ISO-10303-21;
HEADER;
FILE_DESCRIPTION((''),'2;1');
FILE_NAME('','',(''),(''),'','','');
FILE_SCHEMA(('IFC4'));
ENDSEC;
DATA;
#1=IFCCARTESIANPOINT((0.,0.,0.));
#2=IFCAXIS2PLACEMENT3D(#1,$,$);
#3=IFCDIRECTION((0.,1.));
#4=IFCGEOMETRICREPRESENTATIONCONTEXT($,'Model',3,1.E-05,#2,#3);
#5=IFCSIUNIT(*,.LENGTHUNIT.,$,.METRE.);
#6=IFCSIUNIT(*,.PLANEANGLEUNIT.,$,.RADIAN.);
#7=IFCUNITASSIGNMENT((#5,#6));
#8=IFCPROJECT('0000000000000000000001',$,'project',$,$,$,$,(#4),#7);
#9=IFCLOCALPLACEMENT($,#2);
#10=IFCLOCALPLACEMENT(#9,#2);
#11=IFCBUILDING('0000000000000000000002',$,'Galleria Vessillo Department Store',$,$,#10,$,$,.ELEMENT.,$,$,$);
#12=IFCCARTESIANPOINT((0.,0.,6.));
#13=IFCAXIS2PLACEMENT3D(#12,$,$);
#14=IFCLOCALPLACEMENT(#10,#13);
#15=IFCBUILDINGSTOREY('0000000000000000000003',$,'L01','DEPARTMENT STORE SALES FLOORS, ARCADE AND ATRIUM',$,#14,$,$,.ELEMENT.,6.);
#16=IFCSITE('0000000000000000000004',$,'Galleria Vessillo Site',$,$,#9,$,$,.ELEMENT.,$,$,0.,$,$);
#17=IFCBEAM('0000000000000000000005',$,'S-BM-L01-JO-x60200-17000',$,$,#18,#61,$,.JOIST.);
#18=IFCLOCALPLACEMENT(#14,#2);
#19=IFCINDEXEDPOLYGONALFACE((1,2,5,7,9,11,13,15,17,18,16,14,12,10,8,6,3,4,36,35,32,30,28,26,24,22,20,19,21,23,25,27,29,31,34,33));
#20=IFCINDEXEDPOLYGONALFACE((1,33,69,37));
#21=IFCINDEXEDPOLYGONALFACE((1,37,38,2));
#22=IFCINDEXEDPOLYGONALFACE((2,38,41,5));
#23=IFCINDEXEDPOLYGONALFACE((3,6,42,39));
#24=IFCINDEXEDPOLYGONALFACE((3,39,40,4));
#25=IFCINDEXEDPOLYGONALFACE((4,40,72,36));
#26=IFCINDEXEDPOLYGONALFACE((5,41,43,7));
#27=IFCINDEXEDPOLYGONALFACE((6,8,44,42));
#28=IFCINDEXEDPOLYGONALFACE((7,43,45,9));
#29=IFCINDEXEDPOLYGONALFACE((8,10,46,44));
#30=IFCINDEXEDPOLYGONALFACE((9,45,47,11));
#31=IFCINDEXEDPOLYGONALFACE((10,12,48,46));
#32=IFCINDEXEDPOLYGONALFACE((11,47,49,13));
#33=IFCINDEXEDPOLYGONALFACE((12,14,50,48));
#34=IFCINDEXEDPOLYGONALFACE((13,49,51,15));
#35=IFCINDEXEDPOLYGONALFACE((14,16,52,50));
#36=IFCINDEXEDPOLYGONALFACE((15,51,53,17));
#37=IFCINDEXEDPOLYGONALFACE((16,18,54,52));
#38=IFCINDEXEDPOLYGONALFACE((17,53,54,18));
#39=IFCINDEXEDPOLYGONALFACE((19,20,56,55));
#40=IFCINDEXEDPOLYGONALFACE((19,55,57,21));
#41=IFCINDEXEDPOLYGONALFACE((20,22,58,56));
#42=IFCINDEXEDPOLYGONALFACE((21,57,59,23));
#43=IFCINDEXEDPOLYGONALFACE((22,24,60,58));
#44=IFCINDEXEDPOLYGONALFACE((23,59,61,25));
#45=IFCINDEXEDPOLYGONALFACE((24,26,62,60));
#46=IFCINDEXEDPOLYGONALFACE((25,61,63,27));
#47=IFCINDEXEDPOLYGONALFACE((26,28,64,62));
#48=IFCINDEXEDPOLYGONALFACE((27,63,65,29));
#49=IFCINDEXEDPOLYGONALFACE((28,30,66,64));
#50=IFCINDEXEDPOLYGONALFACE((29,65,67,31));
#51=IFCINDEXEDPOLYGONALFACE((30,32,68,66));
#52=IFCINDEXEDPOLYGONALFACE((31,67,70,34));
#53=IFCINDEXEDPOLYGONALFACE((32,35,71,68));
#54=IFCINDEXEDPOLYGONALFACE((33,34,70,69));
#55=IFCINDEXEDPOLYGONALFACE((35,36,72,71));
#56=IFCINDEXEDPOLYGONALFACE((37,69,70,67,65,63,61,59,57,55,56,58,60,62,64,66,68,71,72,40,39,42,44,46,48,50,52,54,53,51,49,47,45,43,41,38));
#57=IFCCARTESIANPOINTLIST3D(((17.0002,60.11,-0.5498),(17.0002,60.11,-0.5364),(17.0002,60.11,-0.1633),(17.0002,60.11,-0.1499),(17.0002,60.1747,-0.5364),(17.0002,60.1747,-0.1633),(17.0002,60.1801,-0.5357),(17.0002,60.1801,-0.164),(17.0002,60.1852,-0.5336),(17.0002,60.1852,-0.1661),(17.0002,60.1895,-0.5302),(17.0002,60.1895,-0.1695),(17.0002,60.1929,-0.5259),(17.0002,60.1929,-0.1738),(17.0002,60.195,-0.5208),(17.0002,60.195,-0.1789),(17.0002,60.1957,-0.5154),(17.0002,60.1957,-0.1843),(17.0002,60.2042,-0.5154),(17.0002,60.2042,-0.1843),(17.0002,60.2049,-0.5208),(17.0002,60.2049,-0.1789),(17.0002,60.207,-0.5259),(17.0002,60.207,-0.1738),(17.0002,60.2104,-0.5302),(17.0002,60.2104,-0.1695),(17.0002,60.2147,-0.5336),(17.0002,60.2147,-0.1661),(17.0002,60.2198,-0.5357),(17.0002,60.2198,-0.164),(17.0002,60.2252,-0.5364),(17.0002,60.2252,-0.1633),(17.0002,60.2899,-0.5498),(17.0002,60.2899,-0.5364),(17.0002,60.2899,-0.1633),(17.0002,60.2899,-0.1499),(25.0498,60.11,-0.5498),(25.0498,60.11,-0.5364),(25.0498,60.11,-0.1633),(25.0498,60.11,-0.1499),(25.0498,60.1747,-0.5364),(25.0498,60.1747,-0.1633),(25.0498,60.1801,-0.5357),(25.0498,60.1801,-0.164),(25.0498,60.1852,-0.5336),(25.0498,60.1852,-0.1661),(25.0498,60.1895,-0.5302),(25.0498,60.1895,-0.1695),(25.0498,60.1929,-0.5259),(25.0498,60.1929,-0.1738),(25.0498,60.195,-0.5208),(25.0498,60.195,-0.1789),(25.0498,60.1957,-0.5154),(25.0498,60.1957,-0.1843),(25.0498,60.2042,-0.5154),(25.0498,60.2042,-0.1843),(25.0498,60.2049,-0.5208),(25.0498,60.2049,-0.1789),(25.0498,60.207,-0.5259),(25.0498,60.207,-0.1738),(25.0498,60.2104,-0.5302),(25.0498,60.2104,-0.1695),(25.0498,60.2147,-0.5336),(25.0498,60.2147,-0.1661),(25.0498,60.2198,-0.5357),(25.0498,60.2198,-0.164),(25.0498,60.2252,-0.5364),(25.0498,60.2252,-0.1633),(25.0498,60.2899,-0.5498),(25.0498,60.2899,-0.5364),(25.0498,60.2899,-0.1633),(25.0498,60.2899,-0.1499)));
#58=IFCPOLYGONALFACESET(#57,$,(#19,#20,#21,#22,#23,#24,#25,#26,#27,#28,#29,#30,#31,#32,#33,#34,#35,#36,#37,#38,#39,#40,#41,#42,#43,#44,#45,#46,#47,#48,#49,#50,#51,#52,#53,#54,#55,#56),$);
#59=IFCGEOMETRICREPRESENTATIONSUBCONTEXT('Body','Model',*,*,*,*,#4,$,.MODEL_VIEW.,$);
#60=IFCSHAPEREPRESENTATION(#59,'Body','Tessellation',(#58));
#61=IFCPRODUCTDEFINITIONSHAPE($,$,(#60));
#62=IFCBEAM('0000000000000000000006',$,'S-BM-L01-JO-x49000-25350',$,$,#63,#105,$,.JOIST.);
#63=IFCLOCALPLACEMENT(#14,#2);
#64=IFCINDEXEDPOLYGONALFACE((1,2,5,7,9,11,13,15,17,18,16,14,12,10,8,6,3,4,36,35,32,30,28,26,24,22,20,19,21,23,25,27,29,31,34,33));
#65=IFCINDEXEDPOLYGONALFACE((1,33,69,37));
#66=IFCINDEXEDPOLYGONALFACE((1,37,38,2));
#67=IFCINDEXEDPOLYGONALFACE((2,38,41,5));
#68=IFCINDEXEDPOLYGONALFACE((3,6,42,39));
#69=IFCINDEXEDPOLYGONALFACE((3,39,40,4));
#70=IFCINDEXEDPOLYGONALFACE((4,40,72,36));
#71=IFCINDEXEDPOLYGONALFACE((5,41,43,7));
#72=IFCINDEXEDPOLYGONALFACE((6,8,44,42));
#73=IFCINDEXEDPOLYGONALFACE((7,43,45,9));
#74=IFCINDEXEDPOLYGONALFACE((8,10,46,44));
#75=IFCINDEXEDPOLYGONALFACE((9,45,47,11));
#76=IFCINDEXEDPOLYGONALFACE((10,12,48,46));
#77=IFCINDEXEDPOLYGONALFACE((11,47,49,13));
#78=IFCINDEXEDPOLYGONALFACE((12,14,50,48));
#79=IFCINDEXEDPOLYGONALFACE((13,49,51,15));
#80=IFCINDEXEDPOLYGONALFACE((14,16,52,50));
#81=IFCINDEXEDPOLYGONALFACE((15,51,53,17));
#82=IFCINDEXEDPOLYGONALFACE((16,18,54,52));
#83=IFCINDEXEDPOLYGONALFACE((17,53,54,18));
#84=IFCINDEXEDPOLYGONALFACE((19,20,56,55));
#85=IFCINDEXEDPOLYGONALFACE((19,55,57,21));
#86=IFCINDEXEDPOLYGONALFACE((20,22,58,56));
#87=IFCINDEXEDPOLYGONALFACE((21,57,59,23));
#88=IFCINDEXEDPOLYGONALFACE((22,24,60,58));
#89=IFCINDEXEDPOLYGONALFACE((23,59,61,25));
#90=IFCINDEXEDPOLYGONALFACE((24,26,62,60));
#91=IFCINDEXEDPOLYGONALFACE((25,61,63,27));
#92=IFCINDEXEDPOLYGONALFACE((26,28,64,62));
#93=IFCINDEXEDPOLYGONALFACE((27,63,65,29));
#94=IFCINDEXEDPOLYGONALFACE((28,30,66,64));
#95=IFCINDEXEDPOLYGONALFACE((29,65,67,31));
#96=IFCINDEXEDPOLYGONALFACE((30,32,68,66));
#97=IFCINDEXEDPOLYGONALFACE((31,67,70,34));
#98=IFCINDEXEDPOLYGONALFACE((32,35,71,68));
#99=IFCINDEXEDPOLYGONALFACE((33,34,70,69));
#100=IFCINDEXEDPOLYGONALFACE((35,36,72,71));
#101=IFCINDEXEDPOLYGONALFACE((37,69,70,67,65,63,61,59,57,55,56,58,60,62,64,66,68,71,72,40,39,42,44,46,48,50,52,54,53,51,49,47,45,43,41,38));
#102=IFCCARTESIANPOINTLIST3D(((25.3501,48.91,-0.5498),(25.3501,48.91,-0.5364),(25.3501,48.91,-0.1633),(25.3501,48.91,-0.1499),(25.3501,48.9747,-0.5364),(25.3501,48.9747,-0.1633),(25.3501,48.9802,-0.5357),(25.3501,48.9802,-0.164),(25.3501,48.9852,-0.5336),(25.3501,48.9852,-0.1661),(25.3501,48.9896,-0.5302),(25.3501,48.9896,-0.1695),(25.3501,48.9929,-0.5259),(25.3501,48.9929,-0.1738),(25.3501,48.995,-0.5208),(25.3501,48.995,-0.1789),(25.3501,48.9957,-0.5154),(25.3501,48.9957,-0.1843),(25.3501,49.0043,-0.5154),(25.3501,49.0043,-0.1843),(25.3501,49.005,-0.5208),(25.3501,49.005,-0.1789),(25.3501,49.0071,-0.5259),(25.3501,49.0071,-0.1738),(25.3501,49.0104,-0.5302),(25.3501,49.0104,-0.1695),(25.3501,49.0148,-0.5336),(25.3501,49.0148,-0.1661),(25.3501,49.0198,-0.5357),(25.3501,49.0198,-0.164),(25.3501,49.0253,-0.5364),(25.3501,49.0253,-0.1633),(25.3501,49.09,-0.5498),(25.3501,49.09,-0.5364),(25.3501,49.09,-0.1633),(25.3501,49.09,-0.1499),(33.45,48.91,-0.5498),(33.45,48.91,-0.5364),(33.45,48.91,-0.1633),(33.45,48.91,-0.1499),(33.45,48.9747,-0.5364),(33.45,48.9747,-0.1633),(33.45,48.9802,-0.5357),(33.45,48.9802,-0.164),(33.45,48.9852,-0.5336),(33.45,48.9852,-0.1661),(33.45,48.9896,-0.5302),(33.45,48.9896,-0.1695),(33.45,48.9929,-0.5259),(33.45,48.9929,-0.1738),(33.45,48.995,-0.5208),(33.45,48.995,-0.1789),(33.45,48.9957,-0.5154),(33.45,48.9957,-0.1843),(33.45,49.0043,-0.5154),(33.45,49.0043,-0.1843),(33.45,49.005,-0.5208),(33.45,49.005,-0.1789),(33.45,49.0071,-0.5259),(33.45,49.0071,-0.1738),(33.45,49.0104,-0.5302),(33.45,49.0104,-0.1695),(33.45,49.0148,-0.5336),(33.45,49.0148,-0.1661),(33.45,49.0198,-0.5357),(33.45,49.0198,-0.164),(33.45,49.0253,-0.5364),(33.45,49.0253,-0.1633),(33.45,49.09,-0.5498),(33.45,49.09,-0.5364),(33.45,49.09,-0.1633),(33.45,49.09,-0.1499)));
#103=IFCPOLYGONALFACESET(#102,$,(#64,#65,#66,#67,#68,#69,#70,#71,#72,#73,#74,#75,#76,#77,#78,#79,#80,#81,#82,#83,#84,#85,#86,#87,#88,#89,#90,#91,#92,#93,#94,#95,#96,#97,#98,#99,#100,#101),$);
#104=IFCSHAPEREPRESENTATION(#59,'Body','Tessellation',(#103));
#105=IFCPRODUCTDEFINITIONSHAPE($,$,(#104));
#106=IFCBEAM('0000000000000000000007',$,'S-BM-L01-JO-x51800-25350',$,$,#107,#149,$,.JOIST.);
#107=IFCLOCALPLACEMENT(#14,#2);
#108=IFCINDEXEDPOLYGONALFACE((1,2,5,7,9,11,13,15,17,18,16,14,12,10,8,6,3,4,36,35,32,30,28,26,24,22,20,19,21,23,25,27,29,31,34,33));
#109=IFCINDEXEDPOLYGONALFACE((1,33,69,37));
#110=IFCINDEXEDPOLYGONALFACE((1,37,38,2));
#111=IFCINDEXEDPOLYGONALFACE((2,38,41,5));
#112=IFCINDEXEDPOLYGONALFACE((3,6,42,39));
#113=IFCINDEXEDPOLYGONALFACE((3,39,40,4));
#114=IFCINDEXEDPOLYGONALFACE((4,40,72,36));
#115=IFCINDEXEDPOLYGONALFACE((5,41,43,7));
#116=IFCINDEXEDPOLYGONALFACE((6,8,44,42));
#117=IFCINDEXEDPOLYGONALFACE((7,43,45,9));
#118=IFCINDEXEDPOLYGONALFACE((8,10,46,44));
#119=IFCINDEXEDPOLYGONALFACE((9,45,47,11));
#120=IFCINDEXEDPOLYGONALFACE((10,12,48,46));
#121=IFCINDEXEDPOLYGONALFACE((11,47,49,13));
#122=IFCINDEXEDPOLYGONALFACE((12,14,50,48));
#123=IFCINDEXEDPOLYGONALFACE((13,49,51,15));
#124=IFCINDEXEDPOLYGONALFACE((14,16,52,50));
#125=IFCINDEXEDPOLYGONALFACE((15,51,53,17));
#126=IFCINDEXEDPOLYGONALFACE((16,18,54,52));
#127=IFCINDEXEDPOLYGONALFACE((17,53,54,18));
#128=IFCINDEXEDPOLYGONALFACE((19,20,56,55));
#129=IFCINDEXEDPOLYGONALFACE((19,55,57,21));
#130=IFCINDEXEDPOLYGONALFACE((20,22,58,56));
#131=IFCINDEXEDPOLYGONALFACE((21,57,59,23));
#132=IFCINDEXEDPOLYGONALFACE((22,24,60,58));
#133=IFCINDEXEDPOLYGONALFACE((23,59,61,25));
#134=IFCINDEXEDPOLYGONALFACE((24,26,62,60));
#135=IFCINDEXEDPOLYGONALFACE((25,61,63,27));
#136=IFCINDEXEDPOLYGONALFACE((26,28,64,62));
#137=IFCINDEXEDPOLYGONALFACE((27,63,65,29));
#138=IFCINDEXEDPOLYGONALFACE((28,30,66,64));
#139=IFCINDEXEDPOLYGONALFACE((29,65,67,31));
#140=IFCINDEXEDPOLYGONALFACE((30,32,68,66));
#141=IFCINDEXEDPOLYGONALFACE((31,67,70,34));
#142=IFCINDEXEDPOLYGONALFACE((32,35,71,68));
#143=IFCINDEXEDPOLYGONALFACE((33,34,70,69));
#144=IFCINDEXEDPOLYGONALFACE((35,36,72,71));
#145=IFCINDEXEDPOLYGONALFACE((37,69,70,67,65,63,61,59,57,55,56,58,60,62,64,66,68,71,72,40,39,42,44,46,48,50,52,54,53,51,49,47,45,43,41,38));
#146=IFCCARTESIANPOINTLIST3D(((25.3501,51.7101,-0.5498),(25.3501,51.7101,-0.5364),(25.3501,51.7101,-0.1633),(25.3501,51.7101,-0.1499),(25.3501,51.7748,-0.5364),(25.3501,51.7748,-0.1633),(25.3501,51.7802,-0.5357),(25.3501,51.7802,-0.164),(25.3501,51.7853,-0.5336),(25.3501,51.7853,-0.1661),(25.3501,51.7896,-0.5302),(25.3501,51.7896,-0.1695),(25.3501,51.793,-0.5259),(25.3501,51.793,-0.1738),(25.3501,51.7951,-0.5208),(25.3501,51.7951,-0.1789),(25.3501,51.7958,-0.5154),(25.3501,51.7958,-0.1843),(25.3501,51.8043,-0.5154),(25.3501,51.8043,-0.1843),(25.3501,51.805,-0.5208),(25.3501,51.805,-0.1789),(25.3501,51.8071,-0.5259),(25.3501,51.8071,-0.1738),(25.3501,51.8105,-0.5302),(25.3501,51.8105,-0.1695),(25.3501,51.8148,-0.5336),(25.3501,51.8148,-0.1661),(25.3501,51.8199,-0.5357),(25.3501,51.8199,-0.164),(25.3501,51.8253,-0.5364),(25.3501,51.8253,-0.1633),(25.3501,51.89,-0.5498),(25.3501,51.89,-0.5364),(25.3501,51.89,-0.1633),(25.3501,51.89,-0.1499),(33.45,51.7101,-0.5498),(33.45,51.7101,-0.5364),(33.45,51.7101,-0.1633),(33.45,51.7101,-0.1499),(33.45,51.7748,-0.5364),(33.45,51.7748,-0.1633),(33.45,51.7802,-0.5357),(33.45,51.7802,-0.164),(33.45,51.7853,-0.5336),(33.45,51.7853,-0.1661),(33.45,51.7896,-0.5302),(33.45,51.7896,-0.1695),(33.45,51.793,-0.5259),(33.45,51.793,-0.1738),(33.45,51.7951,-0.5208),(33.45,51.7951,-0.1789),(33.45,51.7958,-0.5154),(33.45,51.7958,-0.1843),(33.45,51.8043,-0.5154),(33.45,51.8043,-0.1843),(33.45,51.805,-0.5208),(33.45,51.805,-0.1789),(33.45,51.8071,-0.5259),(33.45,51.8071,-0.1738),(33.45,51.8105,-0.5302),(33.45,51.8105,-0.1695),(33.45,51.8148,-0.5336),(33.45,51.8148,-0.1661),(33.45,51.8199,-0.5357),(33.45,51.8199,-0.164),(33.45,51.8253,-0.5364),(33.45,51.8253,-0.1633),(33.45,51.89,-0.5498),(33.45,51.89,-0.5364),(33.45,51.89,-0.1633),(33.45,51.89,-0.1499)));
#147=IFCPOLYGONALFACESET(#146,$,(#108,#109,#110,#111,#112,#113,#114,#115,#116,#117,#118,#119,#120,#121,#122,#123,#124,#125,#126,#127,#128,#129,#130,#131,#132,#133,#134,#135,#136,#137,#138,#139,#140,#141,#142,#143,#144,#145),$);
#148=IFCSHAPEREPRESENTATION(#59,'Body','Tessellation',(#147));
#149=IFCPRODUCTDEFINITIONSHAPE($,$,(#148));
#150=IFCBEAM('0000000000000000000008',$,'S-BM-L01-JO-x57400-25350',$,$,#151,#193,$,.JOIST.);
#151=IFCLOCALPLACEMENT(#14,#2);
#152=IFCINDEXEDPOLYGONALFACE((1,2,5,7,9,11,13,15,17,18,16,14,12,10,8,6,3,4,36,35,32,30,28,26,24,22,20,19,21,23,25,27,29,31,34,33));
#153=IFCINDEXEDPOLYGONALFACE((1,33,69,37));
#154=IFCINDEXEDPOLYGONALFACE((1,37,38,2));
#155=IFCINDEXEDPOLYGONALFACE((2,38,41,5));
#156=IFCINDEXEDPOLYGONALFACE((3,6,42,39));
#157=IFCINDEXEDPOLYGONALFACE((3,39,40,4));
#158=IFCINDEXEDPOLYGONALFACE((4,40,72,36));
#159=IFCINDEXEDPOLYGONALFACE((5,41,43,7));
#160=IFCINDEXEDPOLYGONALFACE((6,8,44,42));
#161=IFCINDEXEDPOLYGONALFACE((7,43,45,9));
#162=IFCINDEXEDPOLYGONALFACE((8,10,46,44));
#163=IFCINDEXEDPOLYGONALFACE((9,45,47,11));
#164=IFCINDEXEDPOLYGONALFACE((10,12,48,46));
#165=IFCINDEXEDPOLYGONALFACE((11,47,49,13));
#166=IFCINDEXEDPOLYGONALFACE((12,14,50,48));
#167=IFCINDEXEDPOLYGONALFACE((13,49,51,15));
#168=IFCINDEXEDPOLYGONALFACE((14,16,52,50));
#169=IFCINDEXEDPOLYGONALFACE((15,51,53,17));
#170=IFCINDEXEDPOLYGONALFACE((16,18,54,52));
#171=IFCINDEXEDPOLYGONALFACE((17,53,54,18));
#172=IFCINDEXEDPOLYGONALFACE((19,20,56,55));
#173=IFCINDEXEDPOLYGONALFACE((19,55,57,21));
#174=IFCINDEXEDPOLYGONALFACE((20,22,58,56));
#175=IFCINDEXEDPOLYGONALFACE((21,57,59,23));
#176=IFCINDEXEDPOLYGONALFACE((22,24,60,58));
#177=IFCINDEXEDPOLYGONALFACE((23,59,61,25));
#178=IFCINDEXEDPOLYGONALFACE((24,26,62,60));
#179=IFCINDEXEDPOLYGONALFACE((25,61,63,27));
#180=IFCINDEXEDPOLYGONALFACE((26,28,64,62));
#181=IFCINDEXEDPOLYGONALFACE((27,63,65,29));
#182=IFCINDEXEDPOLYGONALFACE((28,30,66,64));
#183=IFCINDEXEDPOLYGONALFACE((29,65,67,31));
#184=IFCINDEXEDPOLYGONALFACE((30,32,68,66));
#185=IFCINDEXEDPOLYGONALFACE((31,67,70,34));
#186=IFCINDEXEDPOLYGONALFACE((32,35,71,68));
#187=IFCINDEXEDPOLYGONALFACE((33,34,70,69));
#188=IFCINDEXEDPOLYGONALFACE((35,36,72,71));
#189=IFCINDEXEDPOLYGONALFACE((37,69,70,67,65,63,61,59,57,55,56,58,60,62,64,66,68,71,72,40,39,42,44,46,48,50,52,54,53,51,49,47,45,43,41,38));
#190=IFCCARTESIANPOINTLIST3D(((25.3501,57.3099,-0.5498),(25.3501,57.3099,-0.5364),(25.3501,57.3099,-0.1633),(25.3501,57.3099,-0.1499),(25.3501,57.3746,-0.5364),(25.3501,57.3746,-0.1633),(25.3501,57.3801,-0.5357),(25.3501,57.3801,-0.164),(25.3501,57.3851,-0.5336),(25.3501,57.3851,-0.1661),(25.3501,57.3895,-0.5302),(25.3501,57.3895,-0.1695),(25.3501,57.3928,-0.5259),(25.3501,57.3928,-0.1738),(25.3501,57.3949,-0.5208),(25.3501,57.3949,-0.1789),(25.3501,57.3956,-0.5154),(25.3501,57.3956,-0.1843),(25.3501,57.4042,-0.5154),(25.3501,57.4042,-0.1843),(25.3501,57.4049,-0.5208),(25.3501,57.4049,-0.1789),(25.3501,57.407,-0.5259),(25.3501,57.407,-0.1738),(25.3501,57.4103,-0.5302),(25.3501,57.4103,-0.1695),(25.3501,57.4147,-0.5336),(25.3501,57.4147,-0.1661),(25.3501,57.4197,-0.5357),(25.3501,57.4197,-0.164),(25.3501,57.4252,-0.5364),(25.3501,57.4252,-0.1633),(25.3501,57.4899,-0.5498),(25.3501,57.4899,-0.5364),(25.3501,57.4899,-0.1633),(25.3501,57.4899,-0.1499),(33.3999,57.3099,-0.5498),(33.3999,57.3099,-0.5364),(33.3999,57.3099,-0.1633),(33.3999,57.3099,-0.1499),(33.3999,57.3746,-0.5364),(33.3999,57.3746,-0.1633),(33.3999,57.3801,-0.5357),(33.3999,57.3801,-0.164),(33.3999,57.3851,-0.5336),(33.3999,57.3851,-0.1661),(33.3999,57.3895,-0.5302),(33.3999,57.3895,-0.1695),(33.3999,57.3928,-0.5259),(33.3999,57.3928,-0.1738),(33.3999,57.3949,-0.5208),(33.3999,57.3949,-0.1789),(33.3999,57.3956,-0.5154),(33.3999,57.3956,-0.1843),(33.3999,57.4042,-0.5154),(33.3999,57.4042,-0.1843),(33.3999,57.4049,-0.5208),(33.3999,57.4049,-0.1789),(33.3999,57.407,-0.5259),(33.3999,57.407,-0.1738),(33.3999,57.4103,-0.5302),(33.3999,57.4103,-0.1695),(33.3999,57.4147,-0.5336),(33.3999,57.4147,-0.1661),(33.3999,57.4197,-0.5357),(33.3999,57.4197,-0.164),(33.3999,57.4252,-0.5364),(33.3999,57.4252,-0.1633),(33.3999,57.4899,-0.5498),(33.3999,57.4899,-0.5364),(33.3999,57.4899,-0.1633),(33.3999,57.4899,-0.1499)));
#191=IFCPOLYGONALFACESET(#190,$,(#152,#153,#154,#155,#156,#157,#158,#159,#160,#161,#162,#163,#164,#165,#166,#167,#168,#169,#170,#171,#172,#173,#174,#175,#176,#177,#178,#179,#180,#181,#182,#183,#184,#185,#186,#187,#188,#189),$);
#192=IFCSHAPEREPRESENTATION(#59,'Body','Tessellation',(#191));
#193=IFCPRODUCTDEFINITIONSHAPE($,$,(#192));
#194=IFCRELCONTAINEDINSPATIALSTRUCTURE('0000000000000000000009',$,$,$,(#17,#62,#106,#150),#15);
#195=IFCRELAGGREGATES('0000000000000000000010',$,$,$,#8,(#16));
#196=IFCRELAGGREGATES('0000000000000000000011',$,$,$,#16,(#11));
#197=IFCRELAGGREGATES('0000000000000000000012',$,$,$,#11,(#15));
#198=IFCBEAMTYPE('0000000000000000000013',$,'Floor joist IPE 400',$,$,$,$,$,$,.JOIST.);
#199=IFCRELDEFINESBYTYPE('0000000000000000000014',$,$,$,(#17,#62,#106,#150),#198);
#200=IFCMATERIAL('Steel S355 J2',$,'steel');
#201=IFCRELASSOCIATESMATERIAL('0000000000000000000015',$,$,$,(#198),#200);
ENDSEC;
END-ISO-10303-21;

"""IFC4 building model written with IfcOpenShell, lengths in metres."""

from ifc_helpers import new_model, si_unit, direction, frame, origin, origin_2d, place, context, subcontext, project, spatial, i_section, extrude, material, material_profile, profile_set, type_object, element, save


model = new_model("IFC4")

# Units and contexts
model_context = context("Model", 3, precision=1e-05, world=origin(), true_north=direction((0.0, 1.0)))
body_context = subcontext(model_context, "Body", "Model", "MODEL_VIEW")
ifc_project = project(units=[si_unit("LENGTHUNIT", "METRE"), si_unit("PLANEANGLEUNIT", "RADIAN")], contexts=[model_context])

# Site, building, storey
site_placement = place(None, origin())
site = spatial("IfcSite", under=ifc_project, at=site_placement, Name="Galleria Vessillo Site", CompositionType="ELEMENT", RefElevation=0.0)
building_placement = place(site_placement, origin())
building = spatial("IfcBuilding", under=site, at=building_placement, Name="Galleria Vessillo Department Store", CompositionType="ELEMENT")
storey_placement = place(building_placement, frame((0.0, 0.0, 6.0)))
storey = spatial("IfcBuildingStorey", under=building, at=storey_placement, Name="L01", Description="DEPARTMENT STORE SALES FLOORS, ARCADE AND ATRIUM", CompositionType="ELEMENT", Elevation=6.0)

# Beams
ifc_material_1 = material(Name="Steel S355 J2", Category="steel")
ifc_material_profile_1 = material_profile(ifc_material_1, i_section(OverallWidth=0.1799, OverallDepth=0.3999, WebThickness=0.0085, FlangeThickness=0.0134, FilletRadius=0.021, at=origin_2d()), Name="IPE 400")
ifc_profile_set_1 = profile_set([ifc_material_profile_1], Name="Steel S355 J2")
beam_type_1 = type_object("IfcBeamType", Name="Floor joist IPE 400", PredefinedType="JOIST", material=ifc_profile_set_1)
for number, where, z_axis, x_axis, name in (
    (1, (17.0002, 60.2, -0.3499), (1.0, 0.0, 0.0), (0.0, 1.0, 0.0), "S-BM-L01-JO-x60200-17000"),
):
    element("IfcBeam", number, at=place(storey_placement, frame(where, z_axis=z_axis, x_axis=x_axis)), inside=storey, type_object=beam_type_1, Name=name, PredefinedType="JOIST", context=body_context, shape_type="SweptSolid", body=[
        extrude(i_section(OverallWidth=0.1799, OverallDepth=0.3999, WebThickness=0.0085, FlangeThickness=0.0134, FilletRadius=0.021, at=origin_2d()), origin(), (0.0, 0.0, 1.0), 8.0496),
    ])
for number, where, z_axis, x_axis, name in (
    (2, (25.3501, 49.0, -0.3499), (1.0, 0.0, 0.0), (0.0, 1.0, 0.0), "S-BM-L01-JO-x49000-25350"),
    (3, (25.3501, 51.8, -0.3499), (1.0, 0.0, 0.0), (0.0, 1.0, 0.0), "S-BM-L01-JO-x51800-25350"),
):
    element("IfcBeam", number, at=place(storey_placement, frame(where, z_axis=z_axis, x_axis=x_axis)), inside=storey, type_object=beam_type_1, Name=name, PredefinedType="JOIST", context=body_context, shape_type="SweptSolid", body=[
        extrude(i_section(OverallWidth=0.1799, OverallDepth=0.3999, WebThickness=0.0085, FlangeThickness=0.0134, FilletRadius=0.021, at=origin_2d()), origin(), (0.0, 0.0, 1.0), 8.0999),
    ])
for number, where, z_axis, x_axis, name in (
    (4, (25.3501, 57.3999, -0.3499), (1.0, 0.0, 0.0), (0.0, 1.0, 0.0), "S-BM-L01-JO-x57400-25350"),
):
    element("IfcBeam", number, at=place(storey_placement, frame(where, z_axis=z_axis, x_axis=x_axis)), inside=storey, type_object=beam_type_1, Name=name, PredefinedType="JOIST", context=body_context, shape_type="SweptSolid", body=[
        extrude(i_section(OverallWidth=0.1799, OverallDepth=0.3999, WebThickness=0.0085, FlangeThickness=0.0134, FilletRadius=0.021, at=origin_2d()), origin(), (0.0, 0.0, 1.0), 8.0498),
    ])

save(model, "model.ifc")
